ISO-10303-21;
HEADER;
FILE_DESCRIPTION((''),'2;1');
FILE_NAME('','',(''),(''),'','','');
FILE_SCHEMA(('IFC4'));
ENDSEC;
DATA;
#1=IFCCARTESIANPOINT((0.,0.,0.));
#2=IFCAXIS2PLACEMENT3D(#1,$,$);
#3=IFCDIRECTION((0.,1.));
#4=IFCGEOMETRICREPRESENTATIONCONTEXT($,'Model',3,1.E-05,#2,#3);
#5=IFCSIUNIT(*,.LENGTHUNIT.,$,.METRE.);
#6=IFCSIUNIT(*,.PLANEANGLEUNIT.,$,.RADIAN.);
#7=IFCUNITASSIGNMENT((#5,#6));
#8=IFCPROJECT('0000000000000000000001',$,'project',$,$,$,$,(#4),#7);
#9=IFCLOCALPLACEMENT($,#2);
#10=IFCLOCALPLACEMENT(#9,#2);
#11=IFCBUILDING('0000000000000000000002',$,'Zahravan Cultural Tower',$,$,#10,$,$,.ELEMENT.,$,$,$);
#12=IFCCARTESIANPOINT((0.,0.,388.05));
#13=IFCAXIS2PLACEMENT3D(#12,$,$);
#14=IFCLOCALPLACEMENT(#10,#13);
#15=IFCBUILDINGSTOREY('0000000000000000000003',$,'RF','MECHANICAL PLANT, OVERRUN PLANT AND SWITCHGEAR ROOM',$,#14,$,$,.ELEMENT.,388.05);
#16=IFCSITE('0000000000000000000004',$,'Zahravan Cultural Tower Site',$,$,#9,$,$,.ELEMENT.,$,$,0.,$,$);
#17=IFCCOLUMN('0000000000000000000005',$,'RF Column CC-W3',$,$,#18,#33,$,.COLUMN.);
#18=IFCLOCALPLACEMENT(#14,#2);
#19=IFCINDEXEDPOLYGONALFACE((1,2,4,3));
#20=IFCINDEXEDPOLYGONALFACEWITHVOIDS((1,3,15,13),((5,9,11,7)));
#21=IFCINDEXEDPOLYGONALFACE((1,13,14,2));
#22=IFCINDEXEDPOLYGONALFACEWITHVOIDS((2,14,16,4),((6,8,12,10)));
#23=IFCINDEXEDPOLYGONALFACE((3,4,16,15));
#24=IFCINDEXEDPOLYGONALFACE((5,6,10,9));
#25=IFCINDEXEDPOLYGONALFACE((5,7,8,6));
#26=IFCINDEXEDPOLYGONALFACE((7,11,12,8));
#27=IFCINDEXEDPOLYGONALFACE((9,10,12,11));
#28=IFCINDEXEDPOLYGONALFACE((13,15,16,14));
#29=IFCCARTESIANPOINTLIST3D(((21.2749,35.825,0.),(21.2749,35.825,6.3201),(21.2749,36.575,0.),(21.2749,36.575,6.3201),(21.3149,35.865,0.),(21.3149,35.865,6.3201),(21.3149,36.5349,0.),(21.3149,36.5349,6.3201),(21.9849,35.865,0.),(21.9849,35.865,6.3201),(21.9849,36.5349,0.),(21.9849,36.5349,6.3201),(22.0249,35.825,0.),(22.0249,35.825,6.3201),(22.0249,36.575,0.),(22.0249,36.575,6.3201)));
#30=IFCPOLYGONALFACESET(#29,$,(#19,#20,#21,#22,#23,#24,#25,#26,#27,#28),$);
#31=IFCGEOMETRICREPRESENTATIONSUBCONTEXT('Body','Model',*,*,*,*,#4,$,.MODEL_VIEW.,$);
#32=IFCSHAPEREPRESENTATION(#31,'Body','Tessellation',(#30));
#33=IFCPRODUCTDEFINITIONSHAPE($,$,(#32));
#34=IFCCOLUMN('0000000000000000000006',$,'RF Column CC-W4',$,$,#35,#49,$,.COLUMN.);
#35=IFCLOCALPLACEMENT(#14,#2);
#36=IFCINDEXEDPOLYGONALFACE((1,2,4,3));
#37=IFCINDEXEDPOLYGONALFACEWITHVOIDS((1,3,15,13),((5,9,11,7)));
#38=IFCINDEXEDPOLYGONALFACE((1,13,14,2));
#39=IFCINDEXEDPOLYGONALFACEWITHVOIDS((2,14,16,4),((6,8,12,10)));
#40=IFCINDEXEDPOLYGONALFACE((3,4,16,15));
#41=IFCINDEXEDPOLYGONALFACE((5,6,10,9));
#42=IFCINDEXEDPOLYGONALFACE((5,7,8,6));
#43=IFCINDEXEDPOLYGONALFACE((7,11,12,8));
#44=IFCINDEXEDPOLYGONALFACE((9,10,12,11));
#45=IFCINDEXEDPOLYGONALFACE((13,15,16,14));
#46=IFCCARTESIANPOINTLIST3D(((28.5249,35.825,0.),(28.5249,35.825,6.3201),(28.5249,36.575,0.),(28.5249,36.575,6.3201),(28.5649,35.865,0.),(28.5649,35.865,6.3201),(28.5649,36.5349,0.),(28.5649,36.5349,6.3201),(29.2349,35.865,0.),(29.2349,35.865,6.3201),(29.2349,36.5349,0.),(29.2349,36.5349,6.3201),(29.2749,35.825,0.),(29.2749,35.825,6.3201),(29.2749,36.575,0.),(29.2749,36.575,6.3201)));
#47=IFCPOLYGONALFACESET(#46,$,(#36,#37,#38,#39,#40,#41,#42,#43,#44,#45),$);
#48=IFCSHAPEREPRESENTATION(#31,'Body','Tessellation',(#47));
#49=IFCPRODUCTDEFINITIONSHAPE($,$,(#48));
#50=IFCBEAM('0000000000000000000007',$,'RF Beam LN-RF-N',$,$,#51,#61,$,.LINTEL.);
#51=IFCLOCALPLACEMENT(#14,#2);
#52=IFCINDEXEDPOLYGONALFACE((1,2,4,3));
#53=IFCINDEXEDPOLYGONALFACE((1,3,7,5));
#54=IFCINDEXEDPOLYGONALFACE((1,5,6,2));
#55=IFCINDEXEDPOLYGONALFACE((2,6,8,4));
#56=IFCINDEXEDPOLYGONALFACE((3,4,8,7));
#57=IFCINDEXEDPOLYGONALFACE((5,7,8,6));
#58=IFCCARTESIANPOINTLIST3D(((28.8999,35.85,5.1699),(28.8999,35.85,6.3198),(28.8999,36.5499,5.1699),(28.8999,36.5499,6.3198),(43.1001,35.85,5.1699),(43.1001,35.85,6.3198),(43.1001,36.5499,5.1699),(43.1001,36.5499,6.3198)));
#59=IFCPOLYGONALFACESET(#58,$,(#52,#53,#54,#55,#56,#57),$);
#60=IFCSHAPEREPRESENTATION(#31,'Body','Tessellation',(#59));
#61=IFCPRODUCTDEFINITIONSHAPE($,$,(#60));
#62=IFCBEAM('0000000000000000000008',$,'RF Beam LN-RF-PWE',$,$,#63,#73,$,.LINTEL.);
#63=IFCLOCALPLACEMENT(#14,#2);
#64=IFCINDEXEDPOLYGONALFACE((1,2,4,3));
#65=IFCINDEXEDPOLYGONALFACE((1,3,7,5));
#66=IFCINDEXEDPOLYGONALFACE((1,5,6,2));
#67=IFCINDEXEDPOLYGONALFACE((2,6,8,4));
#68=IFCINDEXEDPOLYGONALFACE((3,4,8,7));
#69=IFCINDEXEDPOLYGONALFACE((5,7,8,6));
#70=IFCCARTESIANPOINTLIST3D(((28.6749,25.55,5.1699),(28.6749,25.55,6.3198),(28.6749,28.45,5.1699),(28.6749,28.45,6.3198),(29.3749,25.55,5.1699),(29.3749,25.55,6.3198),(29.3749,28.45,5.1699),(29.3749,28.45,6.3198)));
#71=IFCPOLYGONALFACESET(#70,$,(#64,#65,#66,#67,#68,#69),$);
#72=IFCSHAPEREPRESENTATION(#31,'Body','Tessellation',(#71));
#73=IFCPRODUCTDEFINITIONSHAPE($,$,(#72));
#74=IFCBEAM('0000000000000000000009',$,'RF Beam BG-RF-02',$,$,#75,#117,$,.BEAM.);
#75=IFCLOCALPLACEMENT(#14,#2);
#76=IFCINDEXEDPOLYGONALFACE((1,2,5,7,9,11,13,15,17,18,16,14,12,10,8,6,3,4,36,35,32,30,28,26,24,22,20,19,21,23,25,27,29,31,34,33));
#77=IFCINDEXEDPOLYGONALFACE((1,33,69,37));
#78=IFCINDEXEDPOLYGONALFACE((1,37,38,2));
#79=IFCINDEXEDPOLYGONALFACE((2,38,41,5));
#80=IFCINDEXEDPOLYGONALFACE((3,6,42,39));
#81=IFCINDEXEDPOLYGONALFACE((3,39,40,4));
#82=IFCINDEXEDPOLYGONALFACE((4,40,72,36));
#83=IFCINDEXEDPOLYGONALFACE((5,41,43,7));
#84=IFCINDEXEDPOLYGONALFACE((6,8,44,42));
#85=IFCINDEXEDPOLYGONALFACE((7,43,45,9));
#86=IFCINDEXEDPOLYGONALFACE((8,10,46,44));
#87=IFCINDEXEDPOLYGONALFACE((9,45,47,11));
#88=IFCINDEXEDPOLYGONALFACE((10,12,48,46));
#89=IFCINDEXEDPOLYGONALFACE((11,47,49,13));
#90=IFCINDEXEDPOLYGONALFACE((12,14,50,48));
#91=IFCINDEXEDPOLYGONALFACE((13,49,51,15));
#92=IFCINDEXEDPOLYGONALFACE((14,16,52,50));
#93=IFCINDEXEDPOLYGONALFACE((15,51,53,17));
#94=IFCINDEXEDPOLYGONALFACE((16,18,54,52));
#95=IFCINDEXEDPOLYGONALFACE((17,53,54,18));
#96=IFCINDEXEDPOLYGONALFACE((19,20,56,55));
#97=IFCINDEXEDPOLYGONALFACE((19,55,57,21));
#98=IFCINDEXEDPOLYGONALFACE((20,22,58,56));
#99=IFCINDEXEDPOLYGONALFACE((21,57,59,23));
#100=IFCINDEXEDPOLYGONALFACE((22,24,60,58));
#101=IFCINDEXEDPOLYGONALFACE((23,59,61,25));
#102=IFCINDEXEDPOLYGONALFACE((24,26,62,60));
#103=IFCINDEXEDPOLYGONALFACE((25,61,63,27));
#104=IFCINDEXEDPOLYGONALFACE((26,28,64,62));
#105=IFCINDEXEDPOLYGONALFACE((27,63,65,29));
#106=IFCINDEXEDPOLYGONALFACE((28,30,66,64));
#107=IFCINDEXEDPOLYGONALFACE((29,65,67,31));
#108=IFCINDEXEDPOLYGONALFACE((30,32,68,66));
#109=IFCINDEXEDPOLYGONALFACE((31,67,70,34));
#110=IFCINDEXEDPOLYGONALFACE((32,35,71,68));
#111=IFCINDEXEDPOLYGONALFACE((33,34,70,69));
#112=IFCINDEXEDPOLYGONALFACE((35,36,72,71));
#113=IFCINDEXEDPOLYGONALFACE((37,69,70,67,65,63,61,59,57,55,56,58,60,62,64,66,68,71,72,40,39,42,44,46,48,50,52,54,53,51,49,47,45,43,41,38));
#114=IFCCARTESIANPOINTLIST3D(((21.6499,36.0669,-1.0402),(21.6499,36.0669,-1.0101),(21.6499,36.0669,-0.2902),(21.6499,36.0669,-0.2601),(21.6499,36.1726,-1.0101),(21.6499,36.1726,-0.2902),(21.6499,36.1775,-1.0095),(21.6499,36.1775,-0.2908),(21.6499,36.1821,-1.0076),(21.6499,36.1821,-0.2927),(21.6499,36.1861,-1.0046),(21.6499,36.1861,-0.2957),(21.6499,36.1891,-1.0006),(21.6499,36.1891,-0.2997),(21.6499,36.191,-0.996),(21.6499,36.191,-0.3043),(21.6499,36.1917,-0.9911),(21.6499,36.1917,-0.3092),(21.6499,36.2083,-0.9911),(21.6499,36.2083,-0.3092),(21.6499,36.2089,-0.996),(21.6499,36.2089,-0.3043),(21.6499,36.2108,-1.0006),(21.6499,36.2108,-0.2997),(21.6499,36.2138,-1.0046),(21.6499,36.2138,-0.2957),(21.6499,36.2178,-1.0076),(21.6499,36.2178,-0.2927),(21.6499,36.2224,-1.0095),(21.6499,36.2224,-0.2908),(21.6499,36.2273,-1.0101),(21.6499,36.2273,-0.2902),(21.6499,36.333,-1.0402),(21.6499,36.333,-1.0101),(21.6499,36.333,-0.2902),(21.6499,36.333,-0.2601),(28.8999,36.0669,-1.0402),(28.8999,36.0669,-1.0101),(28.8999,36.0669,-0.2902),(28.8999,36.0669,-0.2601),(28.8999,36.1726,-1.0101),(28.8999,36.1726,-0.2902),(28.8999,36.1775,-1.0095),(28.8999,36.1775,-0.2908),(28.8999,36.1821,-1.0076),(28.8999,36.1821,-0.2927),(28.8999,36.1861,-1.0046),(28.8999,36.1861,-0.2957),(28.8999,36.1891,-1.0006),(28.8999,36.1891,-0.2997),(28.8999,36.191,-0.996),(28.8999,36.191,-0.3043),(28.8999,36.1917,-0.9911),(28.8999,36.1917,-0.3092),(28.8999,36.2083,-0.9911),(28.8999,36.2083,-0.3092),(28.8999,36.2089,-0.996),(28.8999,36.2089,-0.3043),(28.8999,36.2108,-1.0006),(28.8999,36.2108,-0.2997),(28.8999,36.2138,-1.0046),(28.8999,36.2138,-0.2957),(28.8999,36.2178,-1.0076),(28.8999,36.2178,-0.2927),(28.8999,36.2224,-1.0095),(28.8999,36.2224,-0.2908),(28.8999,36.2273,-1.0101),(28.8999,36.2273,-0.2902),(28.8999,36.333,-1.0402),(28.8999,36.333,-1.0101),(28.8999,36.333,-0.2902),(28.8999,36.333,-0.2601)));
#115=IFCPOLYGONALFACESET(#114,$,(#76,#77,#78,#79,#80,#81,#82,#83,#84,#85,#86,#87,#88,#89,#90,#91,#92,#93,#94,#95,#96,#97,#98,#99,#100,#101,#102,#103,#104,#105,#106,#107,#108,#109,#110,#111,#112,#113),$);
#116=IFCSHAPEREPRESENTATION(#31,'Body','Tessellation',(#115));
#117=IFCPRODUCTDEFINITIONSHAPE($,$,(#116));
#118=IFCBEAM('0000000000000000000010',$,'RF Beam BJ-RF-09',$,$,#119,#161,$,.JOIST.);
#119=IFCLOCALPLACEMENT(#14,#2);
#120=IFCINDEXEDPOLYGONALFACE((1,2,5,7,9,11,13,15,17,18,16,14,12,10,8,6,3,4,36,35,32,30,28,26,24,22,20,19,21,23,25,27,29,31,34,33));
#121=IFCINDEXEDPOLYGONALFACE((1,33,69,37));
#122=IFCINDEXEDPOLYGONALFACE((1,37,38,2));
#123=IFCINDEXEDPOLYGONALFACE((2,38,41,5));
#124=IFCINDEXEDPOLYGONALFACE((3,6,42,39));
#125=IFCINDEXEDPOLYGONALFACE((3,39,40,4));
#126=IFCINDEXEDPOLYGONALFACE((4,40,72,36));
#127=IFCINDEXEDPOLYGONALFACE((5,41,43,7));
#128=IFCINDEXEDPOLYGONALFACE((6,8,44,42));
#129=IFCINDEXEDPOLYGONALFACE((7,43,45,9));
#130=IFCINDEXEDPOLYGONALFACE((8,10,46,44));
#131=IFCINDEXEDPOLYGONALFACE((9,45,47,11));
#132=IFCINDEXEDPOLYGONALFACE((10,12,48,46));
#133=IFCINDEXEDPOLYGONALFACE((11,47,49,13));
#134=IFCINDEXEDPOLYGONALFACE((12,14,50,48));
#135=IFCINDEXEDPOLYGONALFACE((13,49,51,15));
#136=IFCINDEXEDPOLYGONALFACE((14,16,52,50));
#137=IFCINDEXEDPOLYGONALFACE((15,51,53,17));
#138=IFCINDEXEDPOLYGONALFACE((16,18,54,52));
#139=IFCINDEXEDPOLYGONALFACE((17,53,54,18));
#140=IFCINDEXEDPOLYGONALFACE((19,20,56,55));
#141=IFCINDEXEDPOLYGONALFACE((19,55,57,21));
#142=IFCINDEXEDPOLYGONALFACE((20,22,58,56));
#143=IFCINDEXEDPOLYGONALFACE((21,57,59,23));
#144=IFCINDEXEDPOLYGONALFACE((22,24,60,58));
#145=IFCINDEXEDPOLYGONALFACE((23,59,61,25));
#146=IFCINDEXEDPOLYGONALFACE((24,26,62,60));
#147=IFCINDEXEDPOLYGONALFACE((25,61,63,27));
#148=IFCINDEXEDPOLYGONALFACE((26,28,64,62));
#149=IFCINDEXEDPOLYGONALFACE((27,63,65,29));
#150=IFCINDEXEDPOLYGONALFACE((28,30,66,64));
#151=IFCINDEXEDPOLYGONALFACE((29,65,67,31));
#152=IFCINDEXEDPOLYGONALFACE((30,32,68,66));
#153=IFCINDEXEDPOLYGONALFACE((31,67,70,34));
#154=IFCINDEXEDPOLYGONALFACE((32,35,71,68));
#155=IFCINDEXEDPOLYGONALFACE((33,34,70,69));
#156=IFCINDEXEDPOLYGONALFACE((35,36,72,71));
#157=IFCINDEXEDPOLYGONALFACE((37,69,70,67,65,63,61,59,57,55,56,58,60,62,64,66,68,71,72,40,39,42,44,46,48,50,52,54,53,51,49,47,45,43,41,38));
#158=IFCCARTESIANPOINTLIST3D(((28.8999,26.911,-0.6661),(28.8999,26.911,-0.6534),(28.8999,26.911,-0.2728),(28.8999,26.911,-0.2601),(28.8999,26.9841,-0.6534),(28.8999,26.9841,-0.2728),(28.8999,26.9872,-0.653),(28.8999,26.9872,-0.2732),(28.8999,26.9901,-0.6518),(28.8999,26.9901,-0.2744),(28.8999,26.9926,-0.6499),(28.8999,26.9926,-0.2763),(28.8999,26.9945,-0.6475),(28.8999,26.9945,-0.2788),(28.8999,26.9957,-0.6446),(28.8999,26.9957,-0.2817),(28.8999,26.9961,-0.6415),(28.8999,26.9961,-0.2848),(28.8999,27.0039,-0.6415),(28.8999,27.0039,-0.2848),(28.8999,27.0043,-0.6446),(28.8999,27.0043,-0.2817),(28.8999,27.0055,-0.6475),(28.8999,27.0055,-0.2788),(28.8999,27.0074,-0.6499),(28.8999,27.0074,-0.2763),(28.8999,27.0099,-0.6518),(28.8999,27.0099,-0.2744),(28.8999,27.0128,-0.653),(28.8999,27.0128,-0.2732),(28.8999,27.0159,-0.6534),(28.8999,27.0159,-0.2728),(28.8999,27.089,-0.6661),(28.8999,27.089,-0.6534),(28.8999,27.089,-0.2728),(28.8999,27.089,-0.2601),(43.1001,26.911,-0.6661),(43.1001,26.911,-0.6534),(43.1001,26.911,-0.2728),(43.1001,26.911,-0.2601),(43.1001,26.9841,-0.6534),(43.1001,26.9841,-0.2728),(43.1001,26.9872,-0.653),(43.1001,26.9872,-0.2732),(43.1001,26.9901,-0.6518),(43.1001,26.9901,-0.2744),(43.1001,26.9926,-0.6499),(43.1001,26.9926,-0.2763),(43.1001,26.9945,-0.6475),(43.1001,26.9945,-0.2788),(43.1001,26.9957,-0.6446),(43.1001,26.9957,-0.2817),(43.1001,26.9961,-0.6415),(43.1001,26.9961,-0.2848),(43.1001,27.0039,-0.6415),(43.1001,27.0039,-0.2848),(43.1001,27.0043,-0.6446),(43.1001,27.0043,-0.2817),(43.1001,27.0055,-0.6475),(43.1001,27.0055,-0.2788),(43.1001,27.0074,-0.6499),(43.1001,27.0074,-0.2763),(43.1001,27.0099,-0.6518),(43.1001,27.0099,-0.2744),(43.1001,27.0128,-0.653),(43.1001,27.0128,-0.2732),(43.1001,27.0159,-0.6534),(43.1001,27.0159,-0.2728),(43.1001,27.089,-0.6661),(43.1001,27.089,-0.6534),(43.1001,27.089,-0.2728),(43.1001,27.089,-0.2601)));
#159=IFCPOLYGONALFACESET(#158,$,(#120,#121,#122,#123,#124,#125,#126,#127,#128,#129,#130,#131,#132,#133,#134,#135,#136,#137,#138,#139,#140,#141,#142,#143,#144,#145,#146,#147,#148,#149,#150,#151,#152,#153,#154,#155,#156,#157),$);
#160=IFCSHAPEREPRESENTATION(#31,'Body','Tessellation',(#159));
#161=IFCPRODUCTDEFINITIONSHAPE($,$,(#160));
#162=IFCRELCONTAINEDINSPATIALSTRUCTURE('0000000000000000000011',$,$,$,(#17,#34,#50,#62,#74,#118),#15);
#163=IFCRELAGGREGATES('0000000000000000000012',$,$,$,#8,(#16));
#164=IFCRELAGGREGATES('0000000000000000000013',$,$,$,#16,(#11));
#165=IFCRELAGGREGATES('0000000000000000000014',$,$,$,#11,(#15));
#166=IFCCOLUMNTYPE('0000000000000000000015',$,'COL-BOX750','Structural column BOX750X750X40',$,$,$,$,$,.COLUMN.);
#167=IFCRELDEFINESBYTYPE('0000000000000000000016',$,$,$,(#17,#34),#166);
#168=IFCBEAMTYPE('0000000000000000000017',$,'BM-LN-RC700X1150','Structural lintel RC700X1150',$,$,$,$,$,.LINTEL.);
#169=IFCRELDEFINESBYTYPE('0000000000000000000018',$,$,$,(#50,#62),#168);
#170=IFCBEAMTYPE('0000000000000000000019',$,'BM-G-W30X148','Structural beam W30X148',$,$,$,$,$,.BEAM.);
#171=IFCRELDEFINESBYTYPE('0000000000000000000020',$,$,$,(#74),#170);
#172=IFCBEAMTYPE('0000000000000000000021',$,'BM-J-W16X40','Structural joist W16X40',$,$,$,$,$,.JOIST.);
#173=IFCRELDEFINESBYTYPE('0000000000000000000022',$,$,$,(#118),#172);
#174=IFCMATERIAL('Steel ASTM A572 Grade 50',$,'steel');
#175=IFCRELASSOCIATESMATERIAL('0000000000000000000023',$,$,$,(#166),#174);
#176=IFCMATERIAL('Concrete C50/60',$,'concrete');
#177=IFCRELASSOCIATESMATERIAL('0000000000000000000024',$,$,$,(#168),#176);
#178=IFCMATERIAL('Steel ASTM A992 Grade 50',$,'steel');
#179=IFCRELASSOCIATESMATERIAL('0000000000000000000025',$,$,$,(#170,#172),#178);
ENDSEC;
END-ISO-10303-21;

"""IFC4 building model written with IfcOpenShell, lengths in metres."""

from ifc_helpers import new_model, si_unit, direction, frame, origin, origin_2d, place, context, subcontext, project, spatial, rectangle, hollow_rectangle, i_section, extrude, source, transform, mapped, material, material_profile, profile_set, type_object, element, save


model = new_model("IFC4")

# Units and contexts
model_context = context("Model", 3, precision=1e-05, world=origin(), true_north=direction((0.0, 1.0)))
body_context = subcontext(model_context, "Body", "Model", "MODEL_VIEW")
ifc_project = project(units=[si_unit("LENGTHUNIT", "METRE"), si_unit("PLANEANGLEUNIT", "RADIAN")], contexts=[model_context])

# Site, building, storey
site_placement = place(None, origin())
site = spatial("IfcSite", under=ifc_project, at=site_placement, Name="Zahravan Cultural Tower Site", CompositionType="ELEMENT", RefElevation=0.0)
building_placement = place(site_placement, origin())
building = spatial("IfcBuilding", under=site, at=building_placement, Name="Zahravan Cultural Tower", CompositionType="ELEMENT")
storey_placement = place(building_placement, frame((0.0, 0.0, 388.05)))
storey = spatial("IfcBuildingStorey", under=building, at=storey_placement, Name="RF", Description="MECHANICAL PLANT, OVERRUN PLANT AND SWITCHGEAR ROOM", CompositionType="ELEMENT", Elevation=388.05)

# Columns
ifc_material_1 = material(Name="Steel ASTM A572 Grade 50", Category="steel")
ifc_material_profile_1 = material_profile(ifc_material_1, hollow_rectangle(XDim=0.75, YDim=0.75, WallThickness=0.04, at=origin_2d()), Name="BOX750X750X40")
ifc_profile_set_1 = profile_set([ifc_material_profile_1], Name="Steel ASTM A572 Grade 50")
column_type = type_object("IfcColumnType", Name="COL-BOX750", Description="Structural column BOX750X750X40", PredefinedType="COLUMN", material=ifc_profile_set_1)
shared_shape_1 = source(origin(), body_context, "Body", "SweptSolid", [
    extrude(hollow_rectangle(XDim=0.75, YDim=0.75, WallThickness=0.04, at=origin_2d()), origin(), (0.0, 0.0, 1.0), 6.3201),
])
for number, where, z_axis, x_axis, name in (
    (1, (21.6499, 36.2, 0.0), (0.0, 0.0, 1.0), (1.0, 0.0, 0.0), "RF Column CC-W3"),
    (2, (28.8999, 36.2, 0.0), (0.0, 0.0, 1.0), (1.0, 0.0, 0.0), "RF Column CC-W4"),
):
    element("IfcColumn", number, at=place(storey_placement, frame(where, z_axis=z_axis, x_axis=x_axis)), inside=storey, type_object=column_type, Name=name, PredefinedType="COLUMN", context=body_context, shape_type="MappedRepresentation", body=[
        mapped(shared_shape_1, transform((0.0, 0.0, 0.0), x_axis=(1.0, 0.0, 0.0), y_axis=(0.0, 1.0, 0.0), z_axis=(0.0, 0.0, 1.0), scale=1.0)),
    ])

# Beams
ifc_material_2 = material(Name="Concrete C50/60", Category="concrete")
ifc_material_profile_2 = material_profile(ifc_material_2, rectangle(XDim=0.7, YDim=1.1499, at=origin_2d()), Name="RC700X1150")
ifc_profile_set_2 = profile_set([ifc_material_profile_2], Name="Concrete C50/60")
beam_type_1 = type_object("IfcBeamType", Name="BM-LN-RC700X1150", Description="Structural lintel RC700X1150", PredefinedType="LINTEL", material=ifc_profile_set_2)
shared_shape_2 = source(origin(), body_context, "Body", "SweptSolid", [
    extrude(rectangle(XDim=0.7, YDim=1.1499, at=origin_2d()), origin(), (0.0, 0.0, 1.0), 14.2002),
])
beam_1_placement = place(storey_placement, frame((28.8999, 36.2, 5.7449), z_axis=(1.0, 0.0, 0.0), x_axis=(0.0, 1.0, 0.0)))
element("IfcBeam", 3, at=beam_1_placement, inside=storey, type_object=beam_type_1, Name="RF Beam LN-RF-N", PredefinedType="LINTEL", context=body_context, shape_type="MappedRepresentation", body=[
    mapped(shared_shape_2, transform((0.0, 0.0, 0.0), x_axis=(1.0, 0.0, 0.0), y_axis=(0.0, 1.0, 0.0), z_axis=(0.0, 0.0, 1.0), scale=1.0)),
])
shared_shape_3 = source(origin(), body_context, "Body", "SweptSolid", [
    extrude(rectangle(XDim=0.7, YDim=1.1499, at=origin_2d()), origin(), (0.0, 0.0, 1.0), 2.8999),
])
beam_2_placement = place(storey_placement, frame((29.0249, 25.55, 5.7449), z_axis=(0.0, 1.0, 0.0), x_axis=(-1.0, 0.0, 0.0)))
element("IfcBeam", 4, at=beam_2_placement, inside=storey, type_object=beam_type_1, Name="RF Beam LN-RF-PWE", PredefinedType="LINTEL", context=body_context, shape_type="MappedRepresentation", body=[
    mapped(shared_shape_3, transform((0.0, 0.0, 0.0), x_axis=(1.0, 0.0, 0.0), y_axis=(0.0, 1.0, 0.0), z_axis=(0.0, 0.0, 1.0), scale=1.0)),
])
ifc_material_3 = material(Name="Steel ASTM A992 Grade 50", Category="steel")
ifc_material_profile_3 = material_profile(ifc_material_3, i_section(OverallWidth=0.2661, OverallDepth=0.78, WebThickness=0.0166, FlangeThickness=0.03, FilletRadius=0.019, at=origin_2d()), Name="W30X148")
ifc_profile_set_3 = profile_set([ifc_material_profile_3], Name="Steel ASTM A992 Grade 50")
beam_type_2 = type_object("IfcBeamType", Name="BM-G-W30X148", Description="Structural beam W30X148", PredefinedType="BEAM", material=ifc_profile_set_3)
shared_shape_4 = source(origin(), body_context, "Body", "SweptSolid", [
    extrude(i_section(OverallWidth=0.2661, OverallDepth=0.78, WebThickness=0.0166, FlangeThickness=0.03, FilletRadius=0.019, at=origin_2d()), origin(), (0.0, 0.0, 1.0), 7.25),
])
beam_3_placement = place(storey_placement, frame((21.6499, 36.2, -0.6501), z_axis=(1.0, 0.0, 0.0), x_axis=(0.0, 1.0, 0.0)))
element("IfcBeam", 5, at=beam_3_placement, inside=storey, type_object=beam_type_2, Name="RF Beam BG-RF-02", PredefinedType="BEAM", context=body_context, shape_type="MappedRepresentation", body=[
    mapped(shared_shape_4, transform((0.0, 0.0, 0.0), x_axis=(1.0, 0.0, 0.0), y_axis=(0.0, 1.0, 0.0), z_axis=(0.0, 0.0, 1.0), scale=1.0)),
])
ifc_material_profile_4 = material_profile(ifc_material_3, i_section(OverallWidth=0.178, OverallDepth=0.406, WebThickness=0.0078, FlangeThickness=0.0127, FilletRadius=0.012, at=origin_2d()), Name="W16X40")
ifc_profile_set_4 = profile_set([ifc_material_profile_4], Name="Steel ASTM A992 Grade 50")
beam_type_3 = type_object("IfcBeamType", Name="BM-J-W16X40", Description="Structural joist W16X40", PredefinedType="JOIST", material=ifc_profile_set_4)
shared_shape_5 = source(origin(), body_context, "Body", "SweptSolid", [
    extrude(i_section(OverallWidth=0.178, OverallDepth=0.406, WebThickness=0.0078, FlangeThickness=0.0127, FilletRadius=0.012, at=origin_2d()), origin(), (0.0, 0.0, 1.0), 14.2002),
])
for number, where, z_axis, x_axis, name in (
    (6, (28.8999, 27.0, -0.4631), (1.0, 0.0, 0.0), (0.0, 1.0, 0.0), "RF Beam BJ-RF-09"),
):
    element("IfcBeam", number, at=place(storey_placement, frame(where, z_axis=z_axis, x_axis=x_axis)), inside=storey, type_object=beam_type_3, Name=name, PredefinedType="JOIST", context=body_context, shape_type="MappedRepresentation", body=[
        mapped(shared_shape_5, transform((0.0, 0.0, 0.0), x_axis=(1.0, 0.0, 0.0), y_axis=(0.0, 1.0, 0.0), z_axis=(0.0, 0.0, 1.0), scale=1.0)),
    ])

save(model, "model.ifc")
